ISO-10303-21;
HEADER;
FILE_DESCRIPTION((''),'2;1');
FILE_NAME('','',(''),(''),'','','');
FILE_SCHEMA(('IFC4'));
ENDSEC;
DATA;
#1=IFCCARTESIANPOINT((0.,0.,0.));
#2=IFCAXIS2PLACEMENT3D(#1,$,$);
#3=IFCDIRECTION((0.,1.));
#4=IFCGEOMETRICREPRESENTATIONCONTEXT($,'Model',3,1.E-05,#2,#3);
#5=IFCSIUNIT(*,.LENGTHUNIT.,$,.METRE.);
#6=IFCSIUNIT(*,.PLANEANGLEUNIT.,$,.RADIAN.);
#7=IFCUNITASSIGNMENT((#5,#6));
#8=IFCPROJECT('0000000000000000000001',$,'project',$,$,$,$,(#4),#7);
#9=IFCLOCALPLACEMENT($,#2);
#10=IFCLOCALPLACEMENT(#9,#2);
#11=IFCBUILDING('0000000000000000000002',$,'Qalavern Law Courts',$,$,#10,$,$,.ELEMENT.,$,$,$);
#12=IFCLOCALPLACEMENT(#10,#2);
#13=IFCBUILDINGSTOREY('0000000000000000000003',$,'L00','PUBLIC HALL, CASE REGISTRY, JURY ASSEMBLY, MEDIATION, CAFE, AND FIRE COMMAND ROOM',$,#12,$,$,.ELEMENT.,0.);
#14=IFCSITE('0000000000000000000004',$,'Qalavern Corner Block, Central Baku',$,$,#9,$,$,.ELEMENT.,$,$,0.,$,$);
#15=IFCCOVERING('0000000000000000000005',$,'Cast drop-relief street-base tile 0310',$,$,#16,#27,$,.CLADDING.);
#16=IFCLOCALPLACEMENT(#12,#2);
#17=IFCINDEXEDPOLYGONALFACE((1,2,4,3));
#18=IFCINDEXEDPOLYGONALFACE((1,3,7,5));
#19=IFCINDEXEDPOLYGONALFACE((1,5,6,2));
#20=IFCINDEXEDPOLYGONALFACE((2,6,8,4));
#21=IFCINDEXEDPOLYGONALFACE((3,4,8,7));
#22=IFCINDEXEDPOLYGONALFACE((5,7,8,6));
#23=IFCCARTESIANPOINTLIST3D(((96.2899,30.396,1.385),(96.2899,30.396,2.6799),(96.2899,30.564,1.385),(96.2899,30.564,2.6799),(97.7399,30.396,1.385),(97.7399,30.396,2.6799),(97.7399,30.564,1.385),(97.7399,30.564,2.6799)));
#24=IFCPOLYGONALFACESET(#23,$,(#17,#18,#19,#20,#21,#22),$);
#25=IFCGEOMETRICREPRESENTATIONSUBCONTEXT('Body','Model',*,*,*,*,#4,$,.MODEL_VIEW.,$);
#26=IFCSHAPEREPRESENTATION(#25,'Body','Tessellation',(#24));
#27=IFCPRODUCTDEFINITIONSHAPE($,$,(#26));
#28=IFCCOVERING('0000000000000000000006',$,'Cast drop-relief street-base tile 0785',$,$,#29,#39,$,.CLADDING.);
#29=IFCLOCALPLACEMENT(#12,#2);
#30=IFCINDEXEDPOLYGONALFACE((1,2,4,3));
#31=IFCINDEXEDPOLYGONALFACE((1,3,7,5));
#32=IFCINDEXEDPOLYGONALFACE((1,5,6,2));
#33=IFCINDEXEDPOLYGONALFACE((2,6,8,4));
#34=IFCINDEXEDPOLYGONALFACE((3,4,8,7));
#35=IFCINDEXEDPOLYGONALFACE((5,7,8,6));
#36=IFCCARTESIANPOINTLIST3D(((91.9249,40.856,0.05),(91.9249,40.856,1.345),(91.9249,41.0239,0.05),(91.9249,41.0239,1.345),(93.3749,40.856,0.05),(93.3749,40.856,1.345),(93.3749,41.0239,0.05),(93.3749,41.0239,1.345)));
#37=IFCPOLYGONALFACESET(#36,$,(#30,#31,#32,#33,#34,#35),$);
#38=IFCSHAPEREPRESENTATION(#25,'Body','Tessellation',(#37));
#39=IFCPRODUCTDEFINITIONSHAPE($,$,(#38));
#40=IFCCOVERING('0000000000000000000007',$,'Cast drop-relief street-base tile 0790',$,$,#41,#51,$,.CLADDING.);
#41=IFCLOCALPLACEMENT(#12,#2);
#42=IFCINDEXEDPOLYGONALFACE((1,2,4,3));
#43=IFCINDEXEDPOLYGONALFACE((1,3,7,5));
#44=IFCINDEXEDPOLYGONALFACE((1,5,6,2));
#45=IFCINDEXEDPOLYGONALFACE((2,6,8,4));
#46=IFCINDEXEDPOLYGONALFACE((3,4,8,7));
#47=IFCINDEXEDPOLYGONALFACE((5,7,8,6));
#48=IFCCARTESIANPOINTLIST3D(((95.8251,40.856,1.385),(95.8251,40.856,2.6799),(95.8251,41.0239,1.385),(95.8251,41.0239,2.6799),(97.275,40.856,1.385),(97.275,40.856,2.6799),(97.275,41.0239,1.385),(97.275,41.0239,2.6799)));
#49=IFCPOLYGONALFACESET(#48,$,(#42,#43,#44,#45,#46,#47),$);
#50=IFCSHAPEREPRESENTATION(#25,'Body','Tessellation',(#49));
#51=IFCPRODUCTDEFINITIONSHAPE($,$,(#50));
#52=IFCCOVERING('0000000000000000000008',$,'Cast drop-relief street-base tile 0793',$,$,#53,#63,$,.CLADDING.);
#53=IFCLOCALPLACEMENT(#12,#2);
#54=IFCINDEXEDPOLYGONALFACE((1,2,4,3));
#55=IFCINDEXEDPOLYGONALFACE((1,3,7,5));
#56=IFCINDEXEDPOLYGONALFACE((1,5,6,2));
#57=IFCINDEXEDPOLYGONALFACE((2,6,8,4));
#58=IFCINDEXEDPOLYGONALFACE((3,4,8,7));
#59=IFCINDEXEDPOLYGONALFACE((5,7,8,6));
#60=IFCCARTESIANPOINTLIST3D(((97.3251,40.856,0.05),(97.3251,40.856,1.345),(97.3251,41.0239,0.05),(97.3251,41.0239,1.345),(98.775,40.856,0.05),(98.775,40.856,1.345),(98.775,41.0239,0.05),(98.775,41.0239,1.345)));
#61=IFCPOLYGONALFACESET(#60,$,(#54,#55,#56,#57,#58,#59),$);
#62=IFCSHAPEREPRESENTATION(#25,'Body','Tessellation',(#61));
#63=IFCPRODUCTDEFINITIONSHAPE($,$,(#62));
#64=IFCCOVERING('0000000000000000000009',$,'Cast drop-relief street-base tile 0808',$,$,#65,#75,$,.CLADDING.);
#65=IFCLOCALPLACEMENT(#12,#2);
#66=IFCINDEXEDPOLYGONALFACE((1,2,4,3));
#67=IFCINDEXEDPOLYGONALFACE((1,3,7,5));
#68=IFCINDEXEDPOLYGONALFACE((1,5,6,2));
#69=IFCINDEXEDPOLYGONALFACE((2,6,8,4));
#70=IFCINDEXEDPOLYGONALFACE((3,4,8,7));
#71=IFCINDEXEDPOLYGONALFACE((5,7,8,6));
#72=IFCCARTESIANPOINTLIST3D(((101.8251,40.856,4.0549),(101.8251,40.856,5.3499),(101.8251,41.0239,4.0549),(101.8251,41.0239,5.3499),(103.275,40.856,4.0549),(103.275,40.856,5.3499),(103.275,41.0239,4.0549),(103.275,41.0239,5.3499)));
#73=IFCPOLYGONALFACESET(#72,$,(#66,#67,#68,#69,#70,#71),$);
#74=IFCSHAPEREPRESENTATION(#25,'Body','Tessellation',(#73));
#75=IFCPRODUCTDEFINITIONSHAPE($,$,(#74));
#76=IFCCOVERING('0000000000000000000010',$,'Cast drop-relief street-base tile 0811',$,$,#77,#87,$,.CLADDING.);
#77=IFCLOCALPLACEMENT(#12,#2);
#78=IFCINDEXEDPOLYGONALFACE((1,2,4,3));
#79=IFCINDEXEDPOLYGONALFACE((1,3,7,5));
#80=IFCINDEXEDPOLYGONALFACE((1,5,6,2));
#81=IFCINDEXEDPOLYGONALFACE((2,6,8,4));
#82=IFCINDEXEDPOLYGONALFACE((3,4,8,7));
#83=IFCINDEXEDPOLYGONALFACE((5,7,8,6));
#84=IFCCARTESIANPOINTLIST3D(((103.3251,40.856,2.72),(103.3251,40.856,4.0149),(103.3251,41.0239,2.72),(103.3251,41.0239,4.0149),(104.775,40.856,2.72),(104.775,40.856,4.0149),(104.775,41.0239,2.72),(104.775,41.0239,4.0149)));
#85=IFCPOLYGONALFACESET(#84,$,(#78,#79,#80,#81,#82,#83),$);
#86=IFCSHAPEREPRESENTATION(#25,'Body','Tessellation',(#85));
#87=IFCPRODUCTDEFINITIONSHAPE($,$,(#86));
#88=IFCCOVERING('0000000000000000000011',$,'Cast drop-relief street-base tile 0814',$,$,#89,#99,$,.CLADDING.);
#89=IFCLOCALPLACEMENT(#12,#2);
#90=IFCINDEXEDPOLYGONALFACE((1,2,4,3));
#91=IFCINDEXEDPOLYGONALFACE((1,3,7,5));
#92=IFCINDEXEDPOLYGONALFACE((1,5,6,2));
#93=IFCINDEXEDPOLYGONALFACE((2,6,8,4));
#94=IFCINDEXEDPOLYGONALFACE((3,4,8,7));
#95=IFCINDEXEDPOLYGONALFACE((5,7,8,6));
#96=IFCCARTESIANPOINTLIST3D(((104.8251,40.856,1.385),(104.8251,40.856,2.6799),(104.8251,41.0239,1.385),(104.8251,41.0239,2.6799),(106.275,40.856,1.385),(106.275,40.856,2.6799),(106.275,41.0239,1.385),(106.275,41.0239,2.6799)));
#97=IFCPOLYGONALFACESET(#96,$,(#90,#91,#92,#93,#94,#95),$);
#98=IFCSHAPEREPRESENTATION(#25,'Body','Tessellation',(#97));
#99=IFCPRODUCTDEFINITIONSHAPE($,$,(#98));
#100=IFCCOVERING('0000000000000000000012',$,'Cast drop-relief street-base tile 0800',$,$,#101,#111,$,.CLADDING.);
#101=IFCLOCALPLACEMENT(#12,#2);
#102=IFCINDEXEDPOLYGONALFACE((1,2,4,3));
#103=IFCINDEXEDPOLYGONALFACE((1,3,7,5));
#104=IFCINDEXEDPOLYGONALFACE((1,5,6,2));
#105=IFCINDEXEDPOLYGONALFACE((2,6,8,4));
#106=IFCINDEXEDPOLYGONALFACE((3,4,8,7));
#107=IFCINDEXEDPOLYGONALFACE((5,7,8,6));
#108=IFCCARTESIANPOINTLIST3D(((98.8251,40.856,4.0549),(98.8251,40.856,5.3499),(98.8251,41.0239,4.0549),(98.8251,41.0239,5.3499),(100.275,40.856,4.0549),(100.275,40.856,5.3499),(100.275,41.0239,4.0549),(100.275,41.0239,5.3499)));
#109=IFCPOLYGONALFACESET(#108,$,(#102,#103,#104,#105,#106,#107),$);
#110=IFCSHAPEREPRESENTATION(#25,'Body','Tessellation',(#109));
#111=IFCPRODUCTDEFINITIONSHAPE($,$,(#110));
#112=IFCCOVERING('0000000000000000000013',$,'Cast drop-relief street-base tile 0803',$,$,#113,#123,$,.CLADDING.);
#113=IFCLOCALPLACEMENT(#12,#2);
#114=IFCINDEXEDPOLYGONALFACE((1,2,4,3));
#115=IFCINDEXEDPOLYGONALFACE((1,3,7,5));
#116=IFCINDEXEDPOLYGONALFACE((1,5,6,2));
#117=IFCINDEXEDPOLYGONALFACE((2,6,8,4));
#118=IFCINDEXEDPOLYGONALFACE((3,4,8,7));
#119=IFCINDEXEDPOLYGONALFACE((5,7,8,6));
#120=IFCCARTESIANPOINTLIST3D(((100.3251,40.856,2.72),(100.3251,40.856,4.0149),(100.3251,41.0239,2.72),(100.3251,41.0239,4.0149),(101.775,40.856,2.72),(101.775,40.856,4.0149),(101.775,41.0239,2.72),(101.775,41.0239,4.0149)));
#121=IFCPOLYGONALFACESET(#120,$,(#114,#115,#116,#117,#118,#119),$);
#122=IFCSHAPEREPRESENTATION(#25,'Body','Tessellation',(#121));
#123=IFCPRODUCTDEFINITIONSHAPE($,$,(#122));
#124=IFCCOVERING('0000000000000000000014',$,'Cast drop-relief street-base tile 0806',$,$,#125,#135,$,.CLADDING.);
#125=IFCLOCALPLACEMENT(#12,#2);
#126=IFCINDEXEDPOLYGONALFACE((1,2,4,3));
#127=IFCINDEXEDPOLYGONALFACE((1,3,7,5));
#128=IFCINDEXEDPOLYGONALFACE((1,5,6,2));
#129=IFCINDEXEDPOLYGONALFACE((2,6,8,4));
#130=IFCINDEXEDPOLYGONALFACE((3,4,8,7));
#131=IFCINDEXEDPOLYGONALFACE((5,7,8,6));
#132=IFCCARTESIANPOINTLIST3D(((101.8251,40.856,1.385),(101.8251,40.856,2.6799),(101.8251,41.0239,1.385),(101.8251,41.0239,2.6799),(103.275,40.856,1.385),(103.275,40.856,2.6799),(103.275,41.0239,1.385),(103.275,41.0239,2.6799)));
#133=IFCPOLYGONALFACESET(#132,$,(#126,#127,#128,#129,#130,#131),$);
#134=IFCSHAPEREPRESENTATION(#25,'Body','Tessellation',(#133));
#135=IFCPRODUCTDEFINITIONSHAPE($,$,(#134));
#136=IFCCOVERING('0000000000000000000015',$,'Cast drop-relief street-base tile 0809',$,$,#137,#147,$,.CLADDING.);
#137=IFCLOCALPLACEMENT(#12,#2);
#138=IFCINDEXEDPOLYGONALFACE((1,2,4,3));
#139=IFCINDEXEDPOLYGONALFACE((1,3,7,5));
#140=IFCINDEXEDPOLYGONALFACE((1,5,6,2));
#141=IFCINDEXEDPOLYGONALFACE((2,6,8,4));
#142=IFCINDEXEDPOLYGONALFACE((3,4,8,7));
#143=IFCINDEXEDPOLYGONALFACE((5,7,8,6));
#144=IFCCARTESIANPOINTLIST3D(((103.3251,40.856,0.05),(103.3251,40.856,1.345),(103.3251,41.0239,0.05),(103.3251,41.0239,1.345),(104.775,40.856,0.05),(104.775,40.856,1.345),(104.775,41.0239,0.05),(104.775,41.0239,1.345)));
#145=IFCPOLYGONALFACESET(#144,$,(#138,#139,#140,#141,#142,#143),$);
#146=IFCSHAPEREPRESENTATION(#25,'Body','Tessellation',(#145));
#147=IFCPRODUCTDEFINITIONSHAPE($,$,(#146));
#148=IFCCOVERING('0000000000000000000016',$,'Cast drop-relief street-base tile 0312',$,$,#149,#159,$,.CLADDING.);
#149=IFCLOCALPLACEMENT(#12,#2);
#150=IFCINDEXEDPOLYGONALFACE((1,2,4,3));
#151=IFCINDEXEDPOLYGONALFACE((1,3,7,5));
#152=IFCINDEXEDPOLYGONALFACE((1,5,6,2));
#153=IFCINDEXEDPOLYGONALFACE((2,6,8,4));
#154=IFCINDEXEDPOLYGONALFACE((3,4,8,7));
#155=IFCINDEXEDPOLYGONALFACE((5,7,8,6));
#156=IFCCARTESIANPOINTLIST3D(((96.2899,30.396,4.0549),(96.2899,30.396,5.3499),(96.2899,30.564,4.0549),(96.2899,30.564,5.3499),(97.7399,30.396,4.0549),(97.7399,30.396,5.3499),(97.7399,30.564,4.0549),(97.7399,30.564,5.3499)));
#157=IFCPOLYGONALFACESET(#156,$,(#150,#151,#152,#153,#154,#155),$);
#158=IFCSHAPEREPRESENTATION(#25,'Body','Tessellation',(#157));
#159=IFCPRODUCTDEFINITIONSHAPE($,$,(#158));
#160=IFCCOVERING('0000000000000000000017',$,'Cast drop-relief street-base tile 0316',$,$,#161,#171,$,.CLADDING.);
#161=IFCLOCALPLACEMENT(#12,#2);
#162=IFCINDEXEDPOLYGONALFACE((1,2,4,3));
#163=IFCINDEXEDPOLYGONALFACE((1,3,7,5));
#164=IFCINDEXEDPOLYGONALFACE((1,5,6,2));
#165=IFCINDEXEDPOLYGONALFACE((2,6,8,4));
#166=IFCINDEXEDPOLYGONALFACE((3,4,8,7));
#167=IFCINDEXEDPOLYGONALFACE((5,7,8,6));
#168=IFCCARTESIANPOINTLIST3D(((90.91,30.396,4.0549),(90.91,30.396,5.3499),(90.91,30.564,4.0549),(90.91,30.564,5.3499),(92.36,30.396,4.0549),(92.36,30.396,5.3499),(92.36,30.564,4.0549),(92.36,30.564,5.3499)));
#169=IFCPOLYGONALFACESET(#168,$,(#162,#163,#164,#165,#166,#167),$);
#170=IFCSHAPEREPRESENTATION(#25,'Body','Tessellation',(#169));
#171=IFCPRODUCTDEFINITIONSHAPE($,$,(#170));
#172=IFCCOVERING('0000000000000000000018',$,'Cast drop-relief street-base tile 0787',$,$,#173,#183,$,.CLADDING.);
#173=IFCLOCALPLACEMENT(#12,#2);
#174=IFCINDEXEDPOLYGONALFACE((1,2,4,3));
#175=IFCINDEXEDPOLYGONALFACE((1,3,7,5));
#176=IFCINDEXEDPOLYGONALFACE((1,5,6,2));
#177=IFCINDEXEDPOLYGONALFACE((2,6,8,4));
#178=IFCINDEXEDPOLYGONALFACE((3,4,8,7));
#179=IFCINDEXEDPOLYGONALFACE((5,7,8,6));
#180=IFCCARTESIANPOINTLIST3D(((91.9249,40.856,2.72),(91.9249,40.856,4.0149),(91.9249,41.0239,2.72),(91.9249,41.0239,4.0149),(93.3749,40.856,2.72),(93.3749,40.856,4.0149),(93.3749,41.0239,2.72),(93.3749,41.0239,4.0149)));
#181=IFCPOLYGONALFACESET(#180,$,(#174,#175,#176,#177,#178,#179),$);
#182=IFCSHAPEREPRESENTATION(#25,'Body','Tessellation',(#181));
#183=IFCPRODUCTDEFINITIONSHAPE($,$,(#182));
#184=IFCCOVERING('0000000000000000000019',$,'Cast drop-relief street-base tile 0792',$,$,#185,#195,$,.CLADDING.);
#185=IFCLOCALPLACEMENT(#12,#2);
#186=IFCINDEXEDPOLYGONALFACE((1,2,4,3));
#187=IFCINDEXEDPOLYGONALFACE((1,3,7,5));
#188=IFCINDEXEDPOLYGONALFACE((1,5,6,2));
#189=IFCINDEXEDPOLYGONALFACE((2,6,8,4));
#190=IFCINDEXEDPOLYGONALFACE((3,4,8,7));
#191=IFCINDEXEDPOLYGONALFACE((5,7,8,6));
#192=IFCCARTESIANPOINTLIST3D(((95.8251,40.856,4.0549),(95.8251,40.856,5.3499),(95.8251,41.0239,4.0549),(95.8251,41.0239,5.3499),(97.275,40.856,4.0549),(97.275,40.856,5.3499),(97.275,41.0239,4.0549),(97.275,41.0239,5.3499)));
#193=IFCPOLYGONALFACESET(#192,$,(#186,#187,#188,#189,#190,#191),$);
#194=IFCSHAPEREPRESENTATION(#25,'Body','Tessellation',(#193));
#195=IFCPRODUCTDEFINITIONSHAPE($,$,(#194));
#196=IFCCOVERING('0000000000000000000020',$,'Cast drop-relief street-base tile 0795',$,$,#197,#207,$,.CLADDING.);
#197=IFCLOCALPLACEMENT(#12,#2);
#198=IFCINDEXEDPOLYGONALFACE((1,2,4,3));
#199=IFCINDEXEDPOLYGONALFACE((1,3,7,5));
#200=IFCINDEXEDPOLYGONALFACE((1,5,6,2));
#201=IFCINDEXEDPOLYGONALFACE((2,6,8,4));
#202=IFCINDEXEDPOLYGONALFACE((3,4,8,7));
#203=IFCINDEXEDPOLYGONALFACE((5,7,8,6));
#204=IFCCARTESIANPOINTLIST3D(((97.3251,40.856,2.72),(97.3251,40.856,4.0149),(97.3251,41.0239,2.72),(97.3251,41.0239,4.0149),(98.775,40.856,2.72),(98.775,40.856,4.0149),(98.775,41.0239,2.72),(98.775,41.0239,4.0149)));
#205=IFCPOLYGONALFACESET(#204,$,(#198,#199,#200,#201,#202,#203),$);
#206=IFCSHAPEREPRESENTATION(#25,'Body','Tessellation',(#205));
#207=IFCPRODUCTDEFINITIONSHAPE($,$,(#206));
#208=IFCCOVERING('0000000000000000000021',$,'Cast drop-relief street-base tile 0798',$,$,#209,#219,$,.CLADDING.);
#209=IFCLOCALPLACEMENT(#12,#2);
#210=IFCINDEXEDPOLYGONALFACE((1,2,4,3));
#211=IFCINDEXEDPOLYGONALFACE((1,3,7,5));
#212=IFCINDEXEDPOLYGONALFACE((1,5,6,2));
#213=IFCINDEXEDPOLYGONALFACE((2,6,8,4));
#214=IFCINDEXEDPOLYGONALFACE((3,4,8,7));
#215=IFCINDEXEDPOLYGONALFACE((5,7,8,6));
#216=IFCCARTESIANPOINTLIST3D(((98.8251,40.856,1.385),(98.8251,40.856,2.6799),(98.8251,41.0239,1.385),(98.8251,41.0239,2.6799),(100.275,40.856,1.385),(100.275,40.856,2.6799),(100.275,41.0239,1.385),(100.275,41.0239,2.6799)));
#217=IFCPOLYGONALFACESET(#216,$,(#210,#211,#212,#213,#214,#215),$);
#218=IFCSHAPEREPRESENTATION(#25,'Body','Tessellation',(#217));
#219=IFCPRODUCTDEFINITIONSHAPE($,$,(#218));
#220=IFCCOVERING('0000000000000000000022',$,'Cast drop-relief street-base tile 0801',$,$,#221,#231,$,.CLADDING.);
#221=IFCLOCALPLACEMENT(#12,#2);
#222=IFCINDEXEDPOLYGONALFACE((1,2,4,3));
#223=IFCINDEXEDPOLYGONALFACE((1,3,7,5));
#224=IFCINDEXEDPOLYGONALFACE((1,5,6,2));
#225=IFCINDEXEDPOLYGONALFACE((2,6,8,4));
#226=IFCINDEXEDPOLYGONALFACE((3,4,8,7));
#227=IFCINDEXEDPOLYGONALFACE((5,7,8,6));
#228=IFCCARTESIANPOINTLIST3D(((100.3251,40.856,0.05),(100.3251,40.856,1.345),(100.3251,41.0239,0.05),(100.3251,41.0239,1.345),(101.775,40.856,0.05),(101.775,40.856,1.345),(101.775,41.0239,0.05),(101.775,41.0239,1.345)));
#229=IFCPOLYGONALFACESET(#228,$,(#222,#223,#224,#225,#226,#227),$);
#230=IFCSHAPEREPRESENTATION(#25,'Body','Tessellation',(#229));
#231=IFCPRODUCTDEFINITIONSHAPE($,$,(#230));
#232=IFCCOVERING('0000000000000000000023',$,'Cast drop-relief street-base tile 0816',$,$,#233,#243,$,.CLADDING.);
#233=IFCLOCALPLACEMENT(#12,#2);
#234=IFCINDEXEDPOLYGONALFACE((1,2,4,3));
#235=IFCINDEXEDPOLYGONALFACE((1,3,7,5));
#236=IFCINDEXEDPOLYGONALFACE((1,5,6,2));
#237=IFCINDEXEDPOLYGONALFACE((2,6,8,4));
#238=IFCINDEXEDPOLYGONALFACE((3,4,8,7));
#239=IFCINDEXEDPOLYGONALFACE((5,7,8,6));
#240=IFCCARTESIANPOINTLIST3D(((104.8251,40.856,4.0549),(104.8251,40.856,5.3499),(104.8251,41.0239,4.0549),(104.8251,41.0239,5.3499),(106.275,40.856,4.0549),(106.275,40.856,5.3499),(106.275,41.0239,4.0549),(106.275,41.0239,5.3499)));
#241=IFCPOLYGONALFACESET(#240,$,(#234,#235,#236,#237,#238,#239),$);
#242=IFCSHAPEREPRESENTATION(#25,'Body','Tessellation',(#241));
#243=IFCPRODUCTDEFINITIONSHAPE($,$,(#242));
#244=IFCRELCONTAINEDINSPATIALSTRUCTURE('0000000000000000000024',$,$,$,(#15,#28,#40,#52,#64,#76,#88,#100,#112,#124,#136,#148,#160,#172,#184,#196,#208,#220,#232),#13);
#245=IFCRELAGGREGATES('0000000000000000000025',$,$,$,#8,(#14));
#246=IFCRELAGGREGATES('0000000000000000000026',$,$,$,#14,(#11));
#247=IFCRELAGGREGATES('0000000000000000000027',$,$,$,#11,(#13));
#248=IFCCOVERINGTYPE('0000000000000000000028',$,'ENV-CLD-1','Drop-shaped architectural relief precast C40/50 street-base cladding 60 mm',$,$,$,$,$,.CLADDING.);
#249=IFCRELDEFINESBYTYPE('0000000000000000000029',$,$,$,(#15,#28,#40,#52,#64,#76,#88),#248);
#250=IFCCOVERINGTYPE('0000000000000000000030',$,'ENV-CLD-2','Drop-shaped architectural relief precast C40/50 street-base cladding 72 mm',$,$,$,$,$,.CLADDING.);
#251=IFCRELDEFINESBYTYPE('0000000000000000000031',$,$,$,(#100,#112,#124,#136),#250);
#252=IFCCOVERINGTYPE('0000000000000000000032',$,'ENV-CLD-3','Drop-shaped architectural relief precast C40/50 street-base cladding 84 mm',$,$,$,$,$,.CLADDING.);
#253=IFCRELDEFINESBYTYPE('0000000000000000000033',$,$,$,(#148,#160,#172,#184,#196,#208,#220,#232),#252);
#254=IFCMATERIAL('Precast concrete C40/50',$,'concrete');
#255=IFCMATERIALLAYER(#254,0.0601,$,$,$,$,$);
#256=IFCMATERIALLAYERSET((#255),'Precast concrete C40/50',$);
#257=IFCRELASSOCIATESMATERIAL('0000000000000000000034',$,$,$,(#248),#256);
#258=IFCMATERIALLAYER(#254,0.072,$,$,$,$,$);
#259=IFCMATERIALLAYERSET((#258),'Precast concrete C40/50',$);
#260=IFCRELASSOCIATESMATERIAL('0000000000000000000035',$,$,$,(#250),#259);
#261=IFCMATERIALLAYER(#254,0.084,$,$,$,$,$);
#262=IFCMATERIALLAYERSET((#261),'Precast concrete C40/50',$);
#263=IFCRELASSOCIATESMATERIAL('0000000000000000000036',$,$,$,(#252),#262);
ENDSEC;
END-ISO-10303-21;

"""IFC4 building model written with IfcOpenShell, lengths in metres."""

from ifc_helpers import new_model, si_unit, direction, frame, origin, origin_2d, place, context, subcontext, project, spatial, rectangle, extrude, material, layer, layer_set, type_object, element, save


model = new_model("IFC4")

# Units and contexts
model_context = context("Model", 3, precision=1e-05, world=origin(), true_north=direction((0.0, 1.0)))
body_context = subcontext(model_context, "Body", "Model", "MODEL_VIEW")
ifc_project = project(units=[si_unit("LENGTHUNIT", "METRE"), si_unit("PLANEANGLEUNIT", "RADIAN")], contexts=[model_context])

# Site, building, storey
site_placement = place(None, origin())
site = spatial("IfcSite", under=ifc_project, at=site_placement, Name="Qalavern Corner Block, Central Baku", CompositionType="ELEMENT", RefElevation=0.0)
building_placement = place(site_placement, origin())
building = spatial("IfcBuilding", under=site, at=building_placement, Name="Qalavern Law Courts", CompositionType="ELEMENT")
storey_placement = place(building_placement, origin())
storey = spatial("IfcBuildingStorey", under=building, at=storey_placement, Name="L00", Description="PUBLIC HALL, CASE REGISTRY, JURY ASSEMBLY, MEDIATION, CAFE, AND FIRE COMMAND ROOM", CompositionType="ELEMENT", Elevation=0.0)

# Coverings
ifc_material = material(Name="Precast concrete C40/50", Category="concrete")
ifc_layer_1 = layer(ifc_material, 0.0601)
ifc_layer_set_1 = layer_set([ifc_layer_1], Name="Precast concrete C40/50")
covering_type_1 = type_object("IfcCoveringType", Name="ENV-CLD-1", Description="Drop-shaped architectural relief precast C40/50 street-base cladding 60 mm", PredefinedType="CLADDING", material=ifc_layer_set_1)
for number, where, z_axis, x_axis, name in (
    (1, (97.0149, 30.48, 1.385), (0.0, 0.0, 1.0), (-1.0, 0.0, 0.0), "Cast drop-relief street-base tile 0310"),
    (2, (92.6499, 40.9399, 0.05), (0.0, 0.0, 1.0), (1.0, 0.0, 0.0), "Cast drop-relief street-base tile 0785"),
    (3, (96.55, 40.9399, 1.385), (0.0, 0.0, 1.0), (1.0, 0.0, 0.0), "Cast drop-relief street-base tile 0790"),
    (4, (98.05, 40.9399, 0.05), (0.0, 0.0, 1.0), (1.0, 0.0, 0.0), "Cast drop-relief street-base tile 0793"),
    (5, (102.55, 40.9399, 4.0549), (0.0, 0.0, 1.0), (1.0, 0.0, 0.0), "Cast drop-relief street-base tile 0808"),
    (6, (104.05, 40.9399, 2.72), (0.0, 0.0, 1.0), (1.0, 0.0, 0.0), "Cast drop-relief street-base tile 0811"),
    (7, (105.55, 40.9399, 1.385), (0.0, 0.0, 1.0), (1.0, 0.0, 0.0), "Cast drop-relief street-base tile 0814"),
):
    element("IfcCovering", number, at=place(storey_placement, frame(where, z_axis=z_axis, x_axis=x_axis)), inside=storey, type_object=covering_type_1, Name=name, PredefinedType="CLADDING", context=body_context, shape_type="SweptSolid", body=[
        extrude(rectangle(XDim=1.45, YDim=0.168, at=origin_2d()), origin(), (0.0, 0.0, 1.0), 1.2949),
    ])
ifc_layer_2 = layer(ifc_material, 0.072)
ifc_layer_set_2 = layer_set([ifc_layer_2], Name="Precast concrete C40/50")
covering_type_2 = type_object("IfcCoveringType", Name="ENV-CLD-2", Description="Drop-shaped architectural relief precast C40/50 street-base cladding 72 mm", PredefinedType="CLADDING", material=ifc_layer_set_2)
for number, where, z_axis, x_axis, name in (
    (8, (99.55, 40.9399, 4.0549), (0.0, 0.0, 1.0), (1.0, 0.0, 0.0), "Cast drop-relief street-base tile 0800"),
    (9, (101.05, 40.9399, 2.72), (0.0, 0.0, 1.0), (1.0, 0.0, 0.0), "Cast drop-relief street-base tile 0803"),
    (10, (102.55, 40.9399, 1.385), (0.0, 0.0, 1.0), (1.0, 0.0, 0.0), "Cast drop-relief street-base tile 0806"),
    (11, (104.05, 40.9399, 0.05), (0.0, 0.0, 1.0), (1.0, 0.0, 0.0), "Cast drop-relief street-base tile 0809"),
):
    element("IfcCovering", number, at=place(storey_placement, frame(where, z_axis=z_axis, x_axis=x_axis)), inside=storey, type_object=covering_type_2, Name=name, PredefinedType="CLADDING", context=body_context, shape_type="SweptSolid", body=[
        extrude(rectangle(XDim=1.45, YDim=0.168, at=origin_2d()), origin(), (0.0, 0.0, 1.0), 1.2949),
    ])
ifc_layer_3 = layer(ifc_material, 0.084)
ifc_layer_set_3 = layer_set([ifc_layer_3], Name="Precast concrete C40/50")
covering_type_3 = type_object("IfcCoveringType", Name="ENV-CLD-3", Description="Drop-shaped architectural relief precast C40/50 street-base cladding 84 mm", PredefinedType="CLADDING", material=ifc_layer_set_3)
for number, where, z_axis, x_axis, name in (
    (12, (97.0149, 30.48, 4.0549), (0.0, 0.0, 1.0), (-1.0, 0.0, 0.0), "Cast drop-relief street-base tile 0312"),
    (13, (91.635, 30.48, 4.0549), (0.0, 0.0, 1.0), (-1.0, 0.0, 0.0), "Cast drop-relief street-base tile 0316"),
    (14, (92.6499, 40.9399, 2.72), (0.0, 0.0, 1.0), (1.0, 0.0, 0.0), "Cast drop-relief street-base tile 0787"),
    (15, (96.55, 40.9399, 4.0549), (0.0, 0.0, 1.0), (1.0, 0.0, 0.0), "Cast drop-relief street-base tile 0792"),
    (16, (98.05, 40.9399, 2.72), (0.0, 0.0, 1.0), (1.0, 0.0, 0.0), "Cast drop-relief street-base tile 0795"),
    (17, (99.55, 40.9399, 1.385), (0.0, 0.0, 1.0), (1.0, 0.0, 0.0), "Cast drop-relief street-base tile 0798"),
    (18, (101.05, 40.9399, 0.05), (0.0, 0.0, 1.0), (1.0, 0.0, 0.0), "Cast drop-relief street-base tile 0801"),
    (19, (105.55, 40.9399, 4.0549), (0.0, 0.0, 1.0), (1.0, 0.0, 0.0), "Cast drop-relief street-base tile 0816"),
):
    element("IfcCovering", number, at=place(storey_placement, frame(where, z_axis=z_axis, x_axis=x_axis)), inside=storey, type_object=covering_type_3, Name=name, PredefinedType="CLADDING", context=body_context, shape_type="SweptSolid", body=[
        extrude(rectangle(XDim=1.45, YDim=0.168, at=origin_2d()), origin(), (0.0, 0.0, 1.0), 1.2949),
    ])

save(model, "model.ifc")
